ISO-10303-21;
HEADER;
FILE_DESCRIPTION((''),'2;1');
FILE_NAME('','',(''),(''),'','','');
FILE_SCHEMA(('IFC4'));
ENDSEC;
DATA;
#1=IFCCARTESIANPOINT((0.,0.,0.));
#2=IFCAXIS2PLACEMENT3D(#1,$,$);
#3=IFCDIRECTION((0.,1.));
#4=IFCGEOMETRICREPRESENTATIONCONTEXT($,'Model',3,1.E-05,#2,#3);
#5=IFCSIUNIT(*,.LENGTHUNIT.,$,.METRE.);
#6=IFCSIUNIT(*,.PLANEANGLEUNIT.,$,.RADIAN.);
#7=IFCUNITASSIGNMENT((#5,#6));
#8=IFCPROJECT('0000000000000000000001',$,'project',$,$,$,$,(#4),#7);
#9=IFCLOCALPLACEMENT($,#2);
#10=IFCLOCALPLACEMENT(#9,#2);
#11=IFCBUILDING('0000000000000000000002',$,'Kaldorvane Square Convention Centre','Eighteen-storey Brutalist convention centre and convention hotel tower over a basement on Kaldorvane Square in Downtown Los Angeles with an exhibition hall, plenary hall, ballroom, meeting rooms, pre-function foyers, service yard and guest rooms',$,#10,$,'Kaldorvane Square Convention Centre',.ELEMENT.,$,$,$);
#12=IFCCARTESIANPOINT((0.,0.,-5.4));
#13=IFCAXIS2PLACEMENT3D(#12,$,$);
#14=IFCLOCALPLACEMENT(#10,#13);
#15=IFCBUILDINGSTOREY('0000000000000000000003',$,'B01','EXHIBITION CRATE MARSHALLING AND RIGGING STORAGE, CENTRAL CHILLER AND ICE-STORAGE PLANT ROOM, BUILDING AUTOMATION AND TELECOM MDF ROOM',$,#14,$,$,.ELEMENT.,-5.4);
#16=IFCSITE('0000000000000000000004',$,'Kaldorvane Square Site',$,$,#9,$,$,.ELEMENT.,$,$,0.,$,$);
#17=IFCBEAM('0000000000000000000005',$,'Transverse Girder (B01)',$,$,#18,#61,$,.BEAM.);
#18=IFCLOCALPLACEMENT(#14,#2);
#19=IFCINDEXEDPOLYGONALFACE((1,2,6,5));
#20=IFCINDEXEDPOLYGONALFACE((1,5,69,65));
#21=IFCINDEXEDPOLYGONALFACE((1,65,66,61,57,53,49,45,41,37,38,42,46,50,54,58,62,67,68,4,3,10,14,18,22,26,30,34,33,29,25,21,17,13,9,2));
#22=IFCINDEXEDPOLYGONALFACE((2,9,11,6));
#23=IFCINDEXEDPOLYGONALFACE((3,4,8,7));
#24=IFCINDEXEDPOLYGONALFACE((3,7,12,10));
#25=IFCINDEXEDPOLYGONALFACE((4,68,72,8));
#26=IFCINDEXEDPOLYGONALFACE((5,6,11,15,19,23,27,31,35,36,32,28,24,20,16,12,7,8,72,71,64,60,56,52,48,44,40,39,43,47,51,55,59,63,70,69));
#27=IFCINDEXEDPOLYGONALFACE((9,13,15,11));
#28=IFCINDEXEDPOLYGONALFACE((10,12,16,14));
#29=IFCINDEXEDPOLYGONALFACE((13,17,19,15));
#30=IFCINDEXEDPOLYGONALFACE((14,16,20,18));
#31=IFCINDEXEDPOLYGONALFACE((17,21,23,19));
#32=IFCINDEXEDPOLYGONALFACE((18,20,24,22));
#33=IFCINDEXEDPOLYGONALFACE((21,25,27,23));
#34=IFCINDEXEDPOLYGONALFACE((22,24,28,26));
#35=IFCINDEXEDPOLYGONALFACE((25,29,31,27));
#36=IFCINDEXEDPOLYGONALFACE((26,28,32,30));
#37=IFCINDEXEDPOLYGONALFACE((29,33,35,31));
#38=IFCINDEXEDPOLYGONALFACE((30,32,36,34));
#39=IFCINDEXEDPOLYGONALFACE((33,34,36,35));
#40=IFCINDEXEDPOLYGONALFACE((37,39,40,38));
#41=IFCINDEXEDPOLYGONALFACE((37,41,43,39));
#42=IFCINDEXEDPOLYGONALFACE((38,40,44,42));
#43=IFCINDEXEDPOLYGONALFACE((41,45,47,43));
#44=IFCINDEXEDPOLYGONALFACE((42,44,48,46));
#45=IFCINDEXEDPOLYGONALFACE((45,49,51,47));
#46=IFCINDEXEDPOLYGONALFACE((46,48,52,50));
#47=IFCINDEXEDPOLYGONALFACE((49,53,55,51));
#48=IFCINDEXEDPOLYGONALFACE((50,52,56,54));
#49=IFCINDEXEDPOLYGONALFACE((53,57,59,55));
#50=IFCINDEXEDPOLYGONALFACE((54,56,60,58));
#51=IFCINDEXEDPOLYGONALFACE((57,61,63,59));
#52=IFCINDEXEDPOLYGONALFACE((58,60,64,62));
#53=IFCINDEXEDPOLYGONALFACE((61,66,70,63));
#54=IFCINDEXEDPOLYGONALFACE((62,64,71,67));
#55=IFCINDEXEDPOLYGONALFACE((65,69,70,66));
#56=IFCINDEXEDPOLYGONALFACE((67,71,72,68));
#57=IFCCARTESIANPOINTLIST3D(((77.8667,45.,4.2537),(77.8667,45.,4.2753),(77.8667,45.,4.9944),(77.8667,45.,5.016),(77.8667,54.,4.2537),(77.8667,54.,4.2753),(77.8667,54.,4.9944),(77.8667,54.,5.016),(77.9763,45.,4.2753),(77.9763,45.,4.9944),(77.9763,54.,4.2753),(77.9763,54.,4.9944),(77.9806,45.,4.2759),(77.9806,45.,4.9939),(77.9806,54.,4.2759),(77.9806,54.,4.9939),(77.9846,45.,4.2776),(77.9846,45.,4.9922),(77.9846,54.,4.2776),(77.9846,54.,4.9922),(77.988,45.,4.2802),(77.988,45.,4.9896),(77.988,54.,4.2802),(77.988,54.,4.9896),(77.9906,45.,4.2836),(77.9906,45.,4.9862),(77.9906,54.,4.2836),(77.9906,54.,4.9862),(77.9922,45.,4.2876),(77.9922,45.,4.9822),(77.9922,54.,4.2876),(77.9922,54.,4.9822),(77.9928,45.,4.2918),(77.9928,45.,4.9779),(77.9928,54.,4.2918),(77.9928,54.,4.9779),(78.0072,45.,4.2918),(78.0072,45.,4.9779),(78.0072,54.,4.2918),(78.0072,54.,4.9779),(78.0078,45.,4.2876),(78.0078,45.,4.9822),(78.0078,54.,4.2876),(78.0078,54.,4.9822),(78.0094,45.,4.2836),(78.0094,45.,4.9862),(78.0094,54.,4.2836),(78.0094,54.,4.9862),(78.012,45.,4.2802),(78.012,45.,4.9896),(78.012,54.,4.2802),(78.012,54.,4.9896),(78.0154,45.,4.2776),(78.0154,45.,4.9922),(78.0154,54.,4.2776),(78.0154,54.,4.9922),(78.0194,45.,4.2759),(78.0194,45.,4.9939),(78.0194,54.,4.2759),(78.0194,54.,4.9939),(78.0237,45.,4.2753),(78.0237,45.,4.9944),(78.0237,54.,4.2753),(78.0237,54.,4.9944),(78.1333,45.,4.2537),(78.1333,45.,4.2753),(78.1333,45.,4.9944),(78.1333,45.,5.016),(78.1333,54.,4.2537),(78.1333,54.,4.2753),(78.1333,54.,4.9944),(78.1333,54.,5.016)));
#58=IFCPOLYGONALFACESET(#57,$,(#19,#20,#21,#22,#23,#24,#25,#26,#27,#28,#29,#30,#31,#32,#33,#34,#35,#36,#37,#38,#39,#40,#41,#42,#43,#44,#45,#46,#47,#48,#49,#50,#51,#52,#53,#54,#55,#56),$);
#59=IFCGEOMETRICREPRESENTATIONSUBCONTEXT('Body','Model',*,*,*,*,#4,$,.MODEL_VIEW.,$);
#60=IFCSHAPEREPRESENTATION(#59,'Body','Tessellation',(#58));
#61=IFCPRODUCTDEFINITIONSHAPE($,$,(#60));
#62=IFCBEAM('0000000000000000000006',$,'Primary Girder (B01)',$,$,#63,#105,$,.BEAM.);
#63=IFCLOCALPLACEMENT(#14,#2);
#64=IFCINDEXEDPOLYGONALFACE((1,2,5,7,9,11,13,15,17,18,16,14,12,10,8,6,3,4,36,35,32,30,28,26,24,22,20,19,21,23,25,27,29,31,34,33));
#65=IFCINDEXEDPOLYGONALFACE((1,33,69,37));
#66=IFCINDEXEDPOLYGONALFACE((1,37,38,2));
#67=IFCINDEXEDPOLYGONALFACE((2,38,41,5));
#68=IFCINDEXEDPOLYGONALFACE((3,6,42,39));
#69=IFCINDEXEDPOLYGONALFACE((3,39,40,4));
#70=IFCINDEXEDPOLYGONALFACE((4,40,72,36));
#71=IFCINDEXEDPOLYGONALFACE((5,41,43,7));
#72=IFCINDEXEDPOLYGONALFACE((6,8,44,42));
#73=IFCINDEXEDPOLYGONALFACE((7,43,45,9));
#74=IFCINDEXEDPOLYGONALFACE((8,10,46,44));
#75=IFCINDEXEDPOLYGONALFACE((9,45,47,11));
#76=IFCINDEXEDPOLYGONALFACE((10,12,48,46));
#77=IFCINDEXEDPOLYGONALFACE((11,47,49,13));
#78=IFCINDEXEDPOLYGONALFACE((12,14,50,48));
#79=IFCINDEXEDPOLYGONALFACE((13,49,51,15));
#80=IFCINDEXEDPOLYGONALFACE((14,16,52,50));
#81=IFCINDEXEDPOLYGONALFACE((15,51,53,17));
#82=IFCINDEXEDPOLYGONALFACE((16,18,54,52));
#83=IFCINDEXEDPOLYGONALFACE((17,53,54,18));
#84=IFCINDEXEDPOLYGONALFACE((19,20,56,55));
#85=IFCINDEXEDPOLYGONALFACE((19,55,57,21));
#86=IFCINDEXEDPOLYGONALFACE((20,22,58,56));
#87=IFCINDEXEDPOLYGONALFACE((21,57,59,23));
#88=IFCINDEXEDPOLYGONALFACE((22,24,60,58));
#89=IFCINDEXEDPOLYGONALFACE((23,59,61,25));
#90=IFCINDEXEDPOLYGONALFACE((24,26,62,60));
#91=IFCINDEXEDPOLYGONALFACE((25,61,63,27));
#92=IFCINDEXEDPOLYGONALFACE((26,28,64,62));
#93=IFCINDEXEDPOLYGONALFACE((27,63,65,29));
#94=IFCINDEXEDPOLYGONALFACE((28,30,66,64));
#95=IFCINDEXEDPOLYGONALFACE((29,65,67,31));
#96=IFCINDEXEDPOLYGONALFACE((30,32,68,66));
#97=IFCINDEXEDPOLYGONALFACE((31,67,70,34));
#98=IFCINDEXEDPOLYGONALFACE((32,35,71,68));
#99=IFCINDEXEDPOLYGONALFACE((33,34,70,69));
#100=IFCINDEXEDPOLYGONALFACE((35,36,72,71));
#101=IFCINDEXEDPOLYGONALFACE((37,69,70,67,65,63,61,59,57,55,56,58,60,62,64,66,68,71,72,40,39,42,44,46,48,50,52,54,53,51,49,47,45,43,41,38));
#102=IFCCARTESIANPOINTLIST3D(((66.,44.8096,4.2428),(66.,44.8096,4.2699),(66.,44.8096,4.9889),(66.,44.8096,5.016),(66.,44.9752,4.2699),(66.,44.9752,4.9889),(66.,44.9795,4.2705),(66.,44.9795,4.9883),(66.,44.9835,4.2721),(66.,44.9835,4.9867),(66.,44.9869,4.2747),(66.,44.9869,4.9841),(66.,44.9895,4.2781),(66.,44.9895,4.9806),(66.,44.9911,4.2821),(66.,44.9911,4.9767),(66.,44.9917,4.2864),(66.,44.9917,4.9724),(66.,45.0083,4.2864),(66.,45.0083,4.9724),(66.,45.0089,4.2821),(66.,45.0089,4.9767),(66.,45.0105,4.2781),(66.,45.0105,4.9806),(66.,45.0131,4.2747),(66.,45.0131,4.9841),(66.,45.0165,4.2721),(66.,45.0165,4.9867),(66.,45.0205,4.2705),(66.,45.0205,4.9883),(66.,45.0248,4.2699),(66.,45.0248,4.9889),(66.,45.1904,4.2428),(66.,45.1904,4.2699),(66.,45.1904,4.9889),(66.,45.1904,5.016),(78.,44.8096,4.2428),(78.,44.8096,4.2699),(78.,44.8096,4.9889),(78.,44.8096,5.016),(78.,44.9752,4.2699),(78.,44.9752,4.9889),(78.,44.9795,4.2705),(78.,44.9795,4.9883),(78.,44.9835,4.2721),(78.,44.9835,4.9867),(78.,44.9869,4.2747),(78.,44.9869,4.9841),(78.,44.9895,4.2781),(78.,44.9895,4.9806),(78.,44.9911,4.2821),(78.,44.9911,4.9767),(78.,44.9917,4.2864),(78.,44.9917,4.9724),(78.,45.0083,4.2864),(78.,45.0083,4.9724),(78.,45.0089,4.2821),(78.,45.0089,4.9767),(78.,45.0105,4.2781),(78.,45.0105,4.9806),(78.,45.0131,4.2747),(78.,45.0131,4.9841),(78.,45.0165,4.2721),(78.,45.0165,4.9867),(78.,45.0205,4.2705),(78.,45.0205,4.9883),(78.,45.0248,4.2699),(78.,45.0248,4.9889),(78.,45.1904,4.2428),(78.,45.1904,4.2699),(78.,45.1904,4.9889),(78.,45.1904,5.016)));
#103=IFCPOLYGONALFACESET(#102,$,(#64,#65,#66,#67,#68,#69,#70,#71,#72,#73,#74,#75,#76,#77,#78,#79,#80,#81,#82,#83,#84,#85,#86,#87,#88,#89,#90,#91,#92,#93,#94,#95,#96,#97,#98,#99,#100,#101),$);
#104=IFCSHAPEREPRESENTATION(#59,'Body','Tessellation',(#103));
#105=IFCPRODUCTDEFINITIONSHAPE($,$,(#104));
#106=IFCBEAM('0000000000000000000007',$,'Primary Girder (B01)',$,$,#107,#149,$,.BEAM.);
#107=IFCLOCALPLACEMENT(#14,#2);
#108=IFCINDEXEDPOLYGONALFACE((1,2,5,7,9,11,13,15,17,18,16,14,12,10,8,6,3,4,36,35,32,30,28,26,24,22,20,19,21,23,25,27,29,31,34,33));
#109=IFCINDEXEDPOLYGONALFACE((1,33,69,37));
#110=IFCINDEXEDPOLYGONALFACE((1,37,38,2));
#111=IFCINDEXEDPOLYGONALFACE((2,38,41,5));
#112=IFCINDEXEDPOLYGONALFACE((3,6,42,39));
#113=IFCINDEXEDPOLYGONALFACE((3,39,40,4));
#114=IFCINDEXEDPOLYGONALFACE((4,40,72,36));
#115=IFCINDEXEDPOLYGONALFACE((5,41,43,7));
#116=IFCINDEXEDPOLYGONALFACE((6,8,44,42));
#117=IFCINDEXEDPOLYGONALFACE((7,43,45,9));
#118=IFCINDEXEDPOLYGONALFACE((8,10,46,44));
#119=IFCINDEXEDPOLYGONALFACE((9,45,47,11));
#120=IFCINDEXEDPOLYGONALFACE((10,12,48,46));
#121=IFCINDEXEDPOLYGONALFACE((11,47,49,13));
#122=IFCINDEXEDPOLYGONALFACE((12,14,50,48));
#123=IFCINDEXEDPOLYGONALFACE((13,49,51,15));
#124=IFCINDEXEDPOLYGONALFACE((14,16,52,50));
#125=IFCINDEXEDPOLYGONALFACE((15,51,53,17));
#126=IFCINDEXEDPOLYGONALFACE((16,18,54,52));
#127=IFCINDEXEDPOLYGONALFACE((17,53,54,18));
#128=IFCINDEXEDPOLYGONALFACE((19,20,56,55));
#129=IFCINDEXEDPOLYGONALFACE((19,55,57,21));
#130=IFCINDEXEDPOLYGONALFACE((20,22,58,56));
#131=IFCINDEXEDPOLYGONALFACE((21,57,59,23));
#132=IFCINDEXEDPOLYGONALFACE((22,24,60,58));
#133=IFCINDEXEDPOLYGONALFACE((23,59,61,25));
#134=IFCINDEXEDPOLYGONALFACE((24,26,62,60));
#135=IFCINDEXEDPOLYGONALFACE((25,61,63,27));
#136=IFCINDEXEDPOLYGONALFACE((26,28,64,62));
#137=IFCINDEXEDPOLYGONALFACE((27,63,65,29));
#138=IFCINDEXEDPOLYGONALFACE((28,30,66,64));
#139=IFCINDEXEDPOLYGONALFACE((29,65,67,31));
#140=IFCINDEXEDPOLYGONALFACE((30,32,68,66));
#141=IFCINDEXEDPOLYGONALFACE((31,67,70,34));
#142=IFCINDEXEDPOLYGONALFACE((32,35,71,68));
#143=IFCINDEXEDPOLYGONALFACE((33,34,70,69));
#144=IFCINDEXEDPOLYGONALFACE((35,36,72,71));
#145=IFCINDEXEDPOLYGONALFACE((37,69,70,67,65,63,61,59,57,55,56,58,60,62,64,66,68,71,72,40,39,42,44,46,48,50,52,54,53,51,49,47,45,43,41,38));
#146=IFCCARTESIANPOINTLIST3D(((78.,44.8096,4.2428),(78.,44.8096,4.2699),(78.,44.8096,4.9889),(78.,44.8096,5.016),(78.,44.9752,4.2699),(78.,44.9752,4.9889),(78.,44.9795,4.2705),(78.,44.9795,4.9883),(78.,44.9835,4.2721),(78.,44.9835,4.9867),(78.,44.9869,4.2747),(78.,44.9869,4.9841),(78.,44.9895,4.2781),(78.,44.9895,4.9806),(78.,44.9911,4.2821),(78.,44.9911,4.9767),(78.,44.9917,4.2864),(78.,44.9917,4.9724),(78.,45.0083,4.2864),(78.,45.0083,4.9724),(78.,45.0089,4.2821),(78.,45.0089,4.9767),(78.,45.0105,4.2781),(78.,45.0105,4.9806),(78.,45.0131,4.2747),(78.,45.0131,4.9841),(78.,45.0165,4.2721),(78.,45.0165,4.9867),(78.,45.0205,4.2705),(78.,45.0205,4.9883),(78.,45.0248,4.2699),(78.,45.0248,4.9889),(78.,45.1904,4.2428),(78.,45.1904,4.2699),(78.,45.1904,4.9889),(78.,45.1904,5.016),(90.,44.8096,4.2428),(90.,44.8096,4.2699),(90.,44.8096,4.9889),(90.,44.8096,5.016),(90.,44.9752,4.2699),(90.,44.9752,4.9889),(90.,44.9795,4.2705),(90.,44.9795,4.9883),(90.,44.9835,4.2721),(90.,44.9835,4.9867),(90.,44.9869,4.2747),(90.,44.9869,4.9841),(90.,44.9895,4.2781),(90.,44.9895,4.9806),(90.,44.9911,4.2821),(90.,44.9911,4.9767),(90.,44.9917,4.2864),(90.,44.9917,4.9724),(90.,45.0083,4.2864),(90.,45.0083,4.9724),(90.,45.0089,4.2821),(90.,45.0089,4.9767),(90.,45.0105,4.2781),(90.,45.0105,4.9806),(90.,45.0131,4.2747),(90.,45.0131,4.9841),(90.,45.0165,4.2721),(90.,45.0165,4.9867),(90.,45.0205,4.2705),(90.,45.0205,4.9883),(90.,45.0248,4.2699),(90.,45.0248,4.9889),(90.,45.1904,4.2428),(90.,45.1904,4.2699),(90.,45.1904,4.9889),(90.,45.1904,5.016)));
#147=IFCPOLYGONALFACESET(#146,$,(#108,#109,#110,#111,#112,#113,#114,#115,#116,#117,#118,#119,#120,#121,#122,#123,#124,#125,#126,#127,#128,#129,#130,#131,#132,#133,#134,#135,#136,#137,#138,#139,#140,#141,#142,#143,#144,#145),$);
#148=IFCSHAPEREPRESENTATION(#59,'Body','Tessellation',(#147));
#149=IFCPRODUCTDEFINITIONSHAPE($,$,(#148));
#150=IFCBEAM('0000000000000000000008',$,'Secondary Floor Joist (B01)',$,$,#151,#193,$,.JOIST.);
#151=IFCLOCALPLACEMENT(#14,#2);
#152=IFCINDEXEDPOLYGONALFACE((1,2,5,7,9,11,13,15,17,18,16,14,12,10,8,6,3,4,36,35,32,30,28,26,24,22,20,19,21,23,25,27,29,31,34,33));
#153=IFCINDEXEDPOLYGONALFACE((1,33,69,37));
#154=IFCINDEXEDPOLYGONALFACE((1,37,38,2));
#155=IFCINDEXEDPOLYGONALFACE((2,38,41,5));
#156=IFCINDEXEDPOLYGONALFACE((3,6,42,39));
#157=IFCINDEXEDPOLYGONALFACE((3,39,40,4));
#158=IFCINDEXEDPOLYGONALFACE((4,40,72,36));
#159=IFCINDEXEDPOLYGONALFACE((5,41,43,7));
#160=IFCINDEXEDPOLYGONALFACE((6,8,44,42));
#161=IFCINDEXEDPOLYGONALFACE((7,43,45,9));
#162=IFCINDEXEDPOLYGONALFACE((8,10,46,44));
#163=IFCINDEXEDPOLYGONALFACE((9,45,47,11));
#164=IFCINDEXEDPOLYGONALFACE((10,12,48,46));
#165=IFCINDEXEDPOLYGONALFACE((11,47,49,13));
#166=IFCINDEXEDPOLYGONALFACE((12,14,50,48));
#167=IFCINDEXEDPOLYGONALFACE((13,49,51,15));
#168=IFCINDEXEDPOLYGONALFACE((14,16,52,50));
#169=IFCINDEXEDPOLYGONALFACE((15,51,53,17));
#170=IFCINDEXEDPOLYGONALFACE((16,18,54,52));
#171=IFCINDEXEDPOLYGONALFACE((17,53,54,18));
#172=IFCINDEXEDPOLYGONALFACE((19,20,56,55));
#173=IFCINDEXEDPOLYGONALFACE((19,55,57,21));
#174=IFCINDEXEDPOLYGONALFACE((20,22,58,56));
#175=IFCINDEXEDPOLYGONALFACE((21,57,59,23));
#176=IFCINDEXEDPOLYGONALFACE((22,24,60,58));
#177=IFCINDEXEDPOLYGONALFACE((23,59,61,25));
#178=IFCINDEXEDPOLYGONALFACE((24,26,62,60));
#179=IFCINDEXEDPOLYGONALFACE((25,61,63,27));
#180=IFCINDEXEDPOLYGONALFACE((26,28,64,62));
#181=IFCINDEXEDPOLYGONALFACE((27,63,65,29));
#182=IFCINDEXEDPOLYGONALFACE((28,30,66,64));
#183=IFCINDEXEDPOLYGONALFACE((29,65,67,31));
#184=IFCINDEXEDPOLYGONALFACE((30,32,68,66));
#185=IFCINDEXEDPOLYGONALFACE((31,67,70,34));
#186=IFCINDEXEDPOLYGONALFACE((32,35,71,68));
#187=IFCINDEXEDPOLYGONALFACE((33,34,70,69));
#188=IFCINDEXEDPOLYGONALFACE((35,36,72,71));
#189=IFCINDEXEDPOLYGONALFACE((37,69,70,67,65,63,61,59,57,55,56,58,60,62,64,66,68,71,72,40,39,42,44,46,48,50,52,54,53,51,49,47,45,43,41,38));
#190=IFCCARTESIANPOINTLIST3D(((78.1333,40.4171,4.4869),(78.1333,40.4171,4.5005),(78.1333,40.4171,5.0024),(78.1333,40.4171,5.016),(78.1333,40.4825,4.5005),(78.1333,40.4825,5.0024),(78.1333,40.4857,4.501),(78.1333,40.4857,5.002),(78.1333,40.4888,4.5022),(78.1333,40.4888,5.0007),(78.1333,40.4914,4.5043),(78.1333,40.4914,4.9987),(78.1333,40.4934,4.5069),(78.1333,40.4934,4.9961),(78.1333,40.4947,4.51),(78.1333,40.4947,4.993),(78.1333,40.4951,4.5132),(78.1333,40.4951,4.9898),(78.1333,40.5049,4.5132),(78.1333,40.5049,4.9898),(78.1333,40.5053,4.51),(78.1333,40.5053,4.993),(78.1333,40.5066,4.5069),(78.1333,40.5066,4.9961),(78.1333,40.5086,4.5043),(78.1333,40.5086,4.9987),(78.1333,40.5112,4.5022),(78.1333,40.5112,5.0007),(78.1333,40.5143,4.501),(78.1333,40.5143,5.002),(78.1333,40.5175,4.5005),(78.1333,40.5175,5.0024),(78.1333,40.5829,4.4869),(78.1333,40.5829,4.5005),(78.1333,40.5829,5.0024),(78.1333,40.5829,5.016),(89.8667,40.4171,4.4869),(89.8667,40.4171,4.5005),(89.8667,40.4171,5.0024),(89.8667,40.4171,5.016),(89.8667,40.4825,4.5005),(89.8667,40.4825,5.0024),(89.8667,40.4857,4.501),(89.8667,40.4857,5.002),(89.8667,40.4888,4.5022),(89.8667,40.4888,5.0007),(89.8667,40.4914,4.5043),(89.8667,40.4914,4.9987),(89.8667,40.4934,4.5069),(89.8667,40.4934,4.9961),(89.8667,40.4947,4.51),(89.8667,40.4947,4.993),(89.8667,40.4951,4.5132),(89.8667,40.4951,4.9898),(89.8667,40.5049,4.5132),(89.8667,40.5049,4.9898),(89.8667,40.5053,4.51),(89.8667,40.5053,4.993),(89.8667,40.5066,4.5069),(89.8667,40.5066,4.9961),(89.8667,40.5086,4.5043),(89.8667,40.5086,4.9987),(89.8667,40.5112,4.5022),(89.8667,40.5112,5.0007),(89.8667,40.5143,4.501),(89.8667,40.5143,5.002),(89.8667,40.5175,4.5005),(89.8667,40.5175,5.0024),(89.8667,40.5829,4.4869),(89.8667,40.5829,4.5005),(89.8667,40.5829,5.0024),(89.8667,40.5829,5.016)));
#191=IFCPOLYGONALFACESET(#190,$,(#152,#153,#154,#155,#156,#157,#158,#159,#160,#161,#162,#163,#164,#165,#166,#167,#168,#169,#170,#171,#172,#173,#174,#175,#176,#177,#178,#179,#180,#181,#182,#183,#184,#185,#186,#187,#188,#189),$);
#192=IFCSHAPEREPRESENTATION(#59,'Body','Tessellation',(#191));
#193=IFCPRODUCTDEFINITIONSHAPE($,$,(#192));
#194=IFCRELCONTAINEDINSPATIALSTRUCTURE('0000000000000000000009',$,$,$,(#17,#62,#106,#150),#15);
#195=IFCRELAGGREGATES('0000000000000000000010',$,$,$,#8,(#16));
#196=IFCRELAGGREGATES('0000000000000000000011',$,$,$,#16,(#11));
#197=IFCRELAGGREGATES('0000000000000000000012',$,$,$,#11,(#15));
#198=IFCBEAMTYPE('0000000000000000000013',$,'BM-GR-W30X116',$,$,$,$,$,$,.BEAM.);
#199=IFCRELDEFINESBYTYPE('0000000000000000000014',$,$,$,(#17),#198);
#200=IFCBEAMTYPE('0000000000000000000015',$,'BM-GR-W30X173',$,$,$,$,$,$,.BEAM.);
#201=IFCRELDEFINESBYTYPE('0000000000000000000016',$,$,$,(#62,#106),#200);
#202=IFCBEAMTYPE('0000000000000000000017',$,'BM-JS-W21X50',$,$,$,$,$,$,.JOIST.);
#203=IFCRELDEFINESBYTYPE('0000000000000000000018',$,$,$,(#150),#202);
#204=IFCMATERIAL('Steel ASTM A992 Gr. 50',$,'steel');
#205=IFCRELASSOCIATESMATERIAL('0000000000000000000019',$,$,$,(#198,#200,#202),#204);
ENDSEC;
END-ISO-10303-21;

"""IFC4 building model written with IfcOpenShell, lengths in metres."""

from ifc_helpers import new_model, si_unit, direction, frame, origin, origin_2d, place, context, subcontext, project, spatial, i_section, extrude, material, material_profile, profile_set, type_object, element, save


model = new_model("IFC4")

# Units and contexts
model_context = context("Model", 3, precision=1e-05, world=origin(), true_north=direction((0.0, 1.0)))
body_context = subcontext(model_context, "Body", "Model", "MODEL_VIEW")
ifc_project = project(units=[si_unit("LENGTHUNIT", "METRE"), si_unit("PLANEANGLEUNIT", "RADIAN")], contexts=[model_context])

# Site, building, storey
site_placement = place(None, origin())
site = spatial("IfcSite", under=ifc_project, at=site_placement, Name="Kaldorvane Square Site", CompositionType="ELEMENT", RefElevation=0.0)
building_placement = place(site_placement, origin())
building = spatial("IfcBuilding", under=site, at=building_placement, Name="Kaldorvane Square Convention Centre", Description="Eighteen-storey Brutalist convention centre and convention hotel tower over a basement on Kaldorvane Square in Downtown Los Angeles with an exhibition hall, plenary hall, ballroom, meeting rooms, pre-function foyers, service yard and guest rooms", LongName="Kaldorvane Square Convention Centre", CompositionType="ELEMENT")
storey_placement = place(building_placement, frame((0.0, 0.0, -5.4)))
storey = spatial("IfcBuildingStorey", under=building, at=storey_placement, Name="B01", Description="EXHIBITION CRATE MARSHALLING AND RIGGING STORAGE, CENTRAL CHILLER AND ICE-STORAGE PLANT ROOM, BUILDING AUTOMATION AND TELECOM MDF ROOM", CompositionType="ELEMENT", Elevation=-5.4)

# Shared definitions
ifc_material_1 = material(Name="Steel ASTM A992 Gr. 50", Category="steel")

# Beams
ifc_material_profile_1 = material_profile(ifc_material_1, i_section(OverallWidth=0.2666, OverallDepth=0.7623, WebThickness=0.0144, FlangeThickness=0.0216, FilletRadius=0.0165, at=origin_2d()), Name="W30X116")
ifc_profile_set_1 = profile_set([ifc_material_profile_1], Name="Steel ASTM A992 Gr. 50")
beam_type_1 = type_object("IfcBeamType", Name="BM-GR-W30X116", PredefinedType="BEAM", material=ifc_profile_set_1)
for number, where, z_axis, x_axis, name in (
    (1, (78.0, 45.0, 4.6349), (0.0, 1.0, 0.0), (-1.0, 0.0, 0.0), "Transverse Girder (B01)"),
):
    element("IfcBeam", number, at=place(storey_placement, frame(where, z_axis=z_axis, x_axis=x_axis)), inside=storey, type_object=beam_type_1, Name=name, PredefinedType="BEAM", context=body_context, shape_type="SweptSolid", body=[
        extrude(i_section(OverallWidth=0.2666, OverallDepth=0.7623, WebThickness=0.0144, FlangeThickness=0.0216, FilletRadius=0.0165, at=origin_2d()), origin(), (0.0, 0.0, 1.0), 9.0),
    ])
ifc_material_profile_2 = material_profile(ifc_material_1, i_section(OverallWidth=0.3807, OverallDepth=0.7732, WebThickness=0.0166, FlangeThickness=0.0271, FilletRadius=0.0165, at=origin_2d()), Name="W30X173")
ifc_profile_set_2 = profile_set([ifc_material_profile_2], Name="Steel ASTM A992 Gr. 50")
beam_type_2 = type_object("IfcBeamType", Name="BM-GR-W30X173", PredefinedType="BEAM", material=ifc_profile_set_2)
for number, where, z_axis, x_axis, name in (
    (2, (66.0, 45.0, 4.6294), (1.0, 0.0, 0.0), (0.0, 1.0, 0.0), "Primary Girder (B01)"),
    (3, (78.0, 45.0, 4.6294), (1.0, 0.0, 0.0), (0.0, 1.0, 0.0), "Primary Girder (B01)"),
):
    element("IfcBeam", number, at=place(storey_placement, frame(where, z_axis=z_axis, x_axis=x_axis)), inside=storey, type_object=beam_type_2, Name=name, PredefinedType="BEAM", context=body_context, shape_type="SweptSolid", body=[
        extrude(i_section(OverallWidth=0.3807, OverallDepth=0.7732, WebThickness=0.0166, FlangeThickness=0.0271, FilletRadius=0.0165, at=origin_2d()), origin(), (0.0, 0.0, 1.0), 12.0),
    ])
ifc_material_profile_3 = material_profile(ifc_material_1, i_section(OverallWidth=0.1659, OverallDepth=0.5291, WebThickness=0.0097, FlangeThickness=0.0136, FilletRadius=0.0127, at=origin_2d()), Name="W21X50")
ifc_profile_set_3 = profile_set([ifc_material_profile_3], Name="Steel ASTM A992 Gr. 50")
beam_type_3 = type_object("IfcBeamType", Name="BM-JS-W21X50", PredefinedType="JOIST", material=ifc_profile_set_3)
for number, where, z_axis, x_axis, name in (
    (4, (78.1333, 40.5, 4.7515), (1.0, 0.0, 0.0), (0.0, 1.0, 0.0), "Secondary Floor Joist (B01)"),
):
    element("IfcBeam", number, at=place(storey_placement, frame(where, z_axis=z_axis, x_axis=x_axis)), inside=storey, type_object=beam_type_3, Name=name, PredefinedType="JOIST", context=body_context, shape_type="SweptSolid", body=[
        extrude(i_section(OverallWidth=0.1659, OverallDepth=0.5291, WebThickness=0.0097, FlangeThickness=0.0136, FilletRadius=0.0127, at=origin_2d()), origin(), (0.0, 0.0, 1.0), 11.7334),
    ])

save(model, "model.ifc")
